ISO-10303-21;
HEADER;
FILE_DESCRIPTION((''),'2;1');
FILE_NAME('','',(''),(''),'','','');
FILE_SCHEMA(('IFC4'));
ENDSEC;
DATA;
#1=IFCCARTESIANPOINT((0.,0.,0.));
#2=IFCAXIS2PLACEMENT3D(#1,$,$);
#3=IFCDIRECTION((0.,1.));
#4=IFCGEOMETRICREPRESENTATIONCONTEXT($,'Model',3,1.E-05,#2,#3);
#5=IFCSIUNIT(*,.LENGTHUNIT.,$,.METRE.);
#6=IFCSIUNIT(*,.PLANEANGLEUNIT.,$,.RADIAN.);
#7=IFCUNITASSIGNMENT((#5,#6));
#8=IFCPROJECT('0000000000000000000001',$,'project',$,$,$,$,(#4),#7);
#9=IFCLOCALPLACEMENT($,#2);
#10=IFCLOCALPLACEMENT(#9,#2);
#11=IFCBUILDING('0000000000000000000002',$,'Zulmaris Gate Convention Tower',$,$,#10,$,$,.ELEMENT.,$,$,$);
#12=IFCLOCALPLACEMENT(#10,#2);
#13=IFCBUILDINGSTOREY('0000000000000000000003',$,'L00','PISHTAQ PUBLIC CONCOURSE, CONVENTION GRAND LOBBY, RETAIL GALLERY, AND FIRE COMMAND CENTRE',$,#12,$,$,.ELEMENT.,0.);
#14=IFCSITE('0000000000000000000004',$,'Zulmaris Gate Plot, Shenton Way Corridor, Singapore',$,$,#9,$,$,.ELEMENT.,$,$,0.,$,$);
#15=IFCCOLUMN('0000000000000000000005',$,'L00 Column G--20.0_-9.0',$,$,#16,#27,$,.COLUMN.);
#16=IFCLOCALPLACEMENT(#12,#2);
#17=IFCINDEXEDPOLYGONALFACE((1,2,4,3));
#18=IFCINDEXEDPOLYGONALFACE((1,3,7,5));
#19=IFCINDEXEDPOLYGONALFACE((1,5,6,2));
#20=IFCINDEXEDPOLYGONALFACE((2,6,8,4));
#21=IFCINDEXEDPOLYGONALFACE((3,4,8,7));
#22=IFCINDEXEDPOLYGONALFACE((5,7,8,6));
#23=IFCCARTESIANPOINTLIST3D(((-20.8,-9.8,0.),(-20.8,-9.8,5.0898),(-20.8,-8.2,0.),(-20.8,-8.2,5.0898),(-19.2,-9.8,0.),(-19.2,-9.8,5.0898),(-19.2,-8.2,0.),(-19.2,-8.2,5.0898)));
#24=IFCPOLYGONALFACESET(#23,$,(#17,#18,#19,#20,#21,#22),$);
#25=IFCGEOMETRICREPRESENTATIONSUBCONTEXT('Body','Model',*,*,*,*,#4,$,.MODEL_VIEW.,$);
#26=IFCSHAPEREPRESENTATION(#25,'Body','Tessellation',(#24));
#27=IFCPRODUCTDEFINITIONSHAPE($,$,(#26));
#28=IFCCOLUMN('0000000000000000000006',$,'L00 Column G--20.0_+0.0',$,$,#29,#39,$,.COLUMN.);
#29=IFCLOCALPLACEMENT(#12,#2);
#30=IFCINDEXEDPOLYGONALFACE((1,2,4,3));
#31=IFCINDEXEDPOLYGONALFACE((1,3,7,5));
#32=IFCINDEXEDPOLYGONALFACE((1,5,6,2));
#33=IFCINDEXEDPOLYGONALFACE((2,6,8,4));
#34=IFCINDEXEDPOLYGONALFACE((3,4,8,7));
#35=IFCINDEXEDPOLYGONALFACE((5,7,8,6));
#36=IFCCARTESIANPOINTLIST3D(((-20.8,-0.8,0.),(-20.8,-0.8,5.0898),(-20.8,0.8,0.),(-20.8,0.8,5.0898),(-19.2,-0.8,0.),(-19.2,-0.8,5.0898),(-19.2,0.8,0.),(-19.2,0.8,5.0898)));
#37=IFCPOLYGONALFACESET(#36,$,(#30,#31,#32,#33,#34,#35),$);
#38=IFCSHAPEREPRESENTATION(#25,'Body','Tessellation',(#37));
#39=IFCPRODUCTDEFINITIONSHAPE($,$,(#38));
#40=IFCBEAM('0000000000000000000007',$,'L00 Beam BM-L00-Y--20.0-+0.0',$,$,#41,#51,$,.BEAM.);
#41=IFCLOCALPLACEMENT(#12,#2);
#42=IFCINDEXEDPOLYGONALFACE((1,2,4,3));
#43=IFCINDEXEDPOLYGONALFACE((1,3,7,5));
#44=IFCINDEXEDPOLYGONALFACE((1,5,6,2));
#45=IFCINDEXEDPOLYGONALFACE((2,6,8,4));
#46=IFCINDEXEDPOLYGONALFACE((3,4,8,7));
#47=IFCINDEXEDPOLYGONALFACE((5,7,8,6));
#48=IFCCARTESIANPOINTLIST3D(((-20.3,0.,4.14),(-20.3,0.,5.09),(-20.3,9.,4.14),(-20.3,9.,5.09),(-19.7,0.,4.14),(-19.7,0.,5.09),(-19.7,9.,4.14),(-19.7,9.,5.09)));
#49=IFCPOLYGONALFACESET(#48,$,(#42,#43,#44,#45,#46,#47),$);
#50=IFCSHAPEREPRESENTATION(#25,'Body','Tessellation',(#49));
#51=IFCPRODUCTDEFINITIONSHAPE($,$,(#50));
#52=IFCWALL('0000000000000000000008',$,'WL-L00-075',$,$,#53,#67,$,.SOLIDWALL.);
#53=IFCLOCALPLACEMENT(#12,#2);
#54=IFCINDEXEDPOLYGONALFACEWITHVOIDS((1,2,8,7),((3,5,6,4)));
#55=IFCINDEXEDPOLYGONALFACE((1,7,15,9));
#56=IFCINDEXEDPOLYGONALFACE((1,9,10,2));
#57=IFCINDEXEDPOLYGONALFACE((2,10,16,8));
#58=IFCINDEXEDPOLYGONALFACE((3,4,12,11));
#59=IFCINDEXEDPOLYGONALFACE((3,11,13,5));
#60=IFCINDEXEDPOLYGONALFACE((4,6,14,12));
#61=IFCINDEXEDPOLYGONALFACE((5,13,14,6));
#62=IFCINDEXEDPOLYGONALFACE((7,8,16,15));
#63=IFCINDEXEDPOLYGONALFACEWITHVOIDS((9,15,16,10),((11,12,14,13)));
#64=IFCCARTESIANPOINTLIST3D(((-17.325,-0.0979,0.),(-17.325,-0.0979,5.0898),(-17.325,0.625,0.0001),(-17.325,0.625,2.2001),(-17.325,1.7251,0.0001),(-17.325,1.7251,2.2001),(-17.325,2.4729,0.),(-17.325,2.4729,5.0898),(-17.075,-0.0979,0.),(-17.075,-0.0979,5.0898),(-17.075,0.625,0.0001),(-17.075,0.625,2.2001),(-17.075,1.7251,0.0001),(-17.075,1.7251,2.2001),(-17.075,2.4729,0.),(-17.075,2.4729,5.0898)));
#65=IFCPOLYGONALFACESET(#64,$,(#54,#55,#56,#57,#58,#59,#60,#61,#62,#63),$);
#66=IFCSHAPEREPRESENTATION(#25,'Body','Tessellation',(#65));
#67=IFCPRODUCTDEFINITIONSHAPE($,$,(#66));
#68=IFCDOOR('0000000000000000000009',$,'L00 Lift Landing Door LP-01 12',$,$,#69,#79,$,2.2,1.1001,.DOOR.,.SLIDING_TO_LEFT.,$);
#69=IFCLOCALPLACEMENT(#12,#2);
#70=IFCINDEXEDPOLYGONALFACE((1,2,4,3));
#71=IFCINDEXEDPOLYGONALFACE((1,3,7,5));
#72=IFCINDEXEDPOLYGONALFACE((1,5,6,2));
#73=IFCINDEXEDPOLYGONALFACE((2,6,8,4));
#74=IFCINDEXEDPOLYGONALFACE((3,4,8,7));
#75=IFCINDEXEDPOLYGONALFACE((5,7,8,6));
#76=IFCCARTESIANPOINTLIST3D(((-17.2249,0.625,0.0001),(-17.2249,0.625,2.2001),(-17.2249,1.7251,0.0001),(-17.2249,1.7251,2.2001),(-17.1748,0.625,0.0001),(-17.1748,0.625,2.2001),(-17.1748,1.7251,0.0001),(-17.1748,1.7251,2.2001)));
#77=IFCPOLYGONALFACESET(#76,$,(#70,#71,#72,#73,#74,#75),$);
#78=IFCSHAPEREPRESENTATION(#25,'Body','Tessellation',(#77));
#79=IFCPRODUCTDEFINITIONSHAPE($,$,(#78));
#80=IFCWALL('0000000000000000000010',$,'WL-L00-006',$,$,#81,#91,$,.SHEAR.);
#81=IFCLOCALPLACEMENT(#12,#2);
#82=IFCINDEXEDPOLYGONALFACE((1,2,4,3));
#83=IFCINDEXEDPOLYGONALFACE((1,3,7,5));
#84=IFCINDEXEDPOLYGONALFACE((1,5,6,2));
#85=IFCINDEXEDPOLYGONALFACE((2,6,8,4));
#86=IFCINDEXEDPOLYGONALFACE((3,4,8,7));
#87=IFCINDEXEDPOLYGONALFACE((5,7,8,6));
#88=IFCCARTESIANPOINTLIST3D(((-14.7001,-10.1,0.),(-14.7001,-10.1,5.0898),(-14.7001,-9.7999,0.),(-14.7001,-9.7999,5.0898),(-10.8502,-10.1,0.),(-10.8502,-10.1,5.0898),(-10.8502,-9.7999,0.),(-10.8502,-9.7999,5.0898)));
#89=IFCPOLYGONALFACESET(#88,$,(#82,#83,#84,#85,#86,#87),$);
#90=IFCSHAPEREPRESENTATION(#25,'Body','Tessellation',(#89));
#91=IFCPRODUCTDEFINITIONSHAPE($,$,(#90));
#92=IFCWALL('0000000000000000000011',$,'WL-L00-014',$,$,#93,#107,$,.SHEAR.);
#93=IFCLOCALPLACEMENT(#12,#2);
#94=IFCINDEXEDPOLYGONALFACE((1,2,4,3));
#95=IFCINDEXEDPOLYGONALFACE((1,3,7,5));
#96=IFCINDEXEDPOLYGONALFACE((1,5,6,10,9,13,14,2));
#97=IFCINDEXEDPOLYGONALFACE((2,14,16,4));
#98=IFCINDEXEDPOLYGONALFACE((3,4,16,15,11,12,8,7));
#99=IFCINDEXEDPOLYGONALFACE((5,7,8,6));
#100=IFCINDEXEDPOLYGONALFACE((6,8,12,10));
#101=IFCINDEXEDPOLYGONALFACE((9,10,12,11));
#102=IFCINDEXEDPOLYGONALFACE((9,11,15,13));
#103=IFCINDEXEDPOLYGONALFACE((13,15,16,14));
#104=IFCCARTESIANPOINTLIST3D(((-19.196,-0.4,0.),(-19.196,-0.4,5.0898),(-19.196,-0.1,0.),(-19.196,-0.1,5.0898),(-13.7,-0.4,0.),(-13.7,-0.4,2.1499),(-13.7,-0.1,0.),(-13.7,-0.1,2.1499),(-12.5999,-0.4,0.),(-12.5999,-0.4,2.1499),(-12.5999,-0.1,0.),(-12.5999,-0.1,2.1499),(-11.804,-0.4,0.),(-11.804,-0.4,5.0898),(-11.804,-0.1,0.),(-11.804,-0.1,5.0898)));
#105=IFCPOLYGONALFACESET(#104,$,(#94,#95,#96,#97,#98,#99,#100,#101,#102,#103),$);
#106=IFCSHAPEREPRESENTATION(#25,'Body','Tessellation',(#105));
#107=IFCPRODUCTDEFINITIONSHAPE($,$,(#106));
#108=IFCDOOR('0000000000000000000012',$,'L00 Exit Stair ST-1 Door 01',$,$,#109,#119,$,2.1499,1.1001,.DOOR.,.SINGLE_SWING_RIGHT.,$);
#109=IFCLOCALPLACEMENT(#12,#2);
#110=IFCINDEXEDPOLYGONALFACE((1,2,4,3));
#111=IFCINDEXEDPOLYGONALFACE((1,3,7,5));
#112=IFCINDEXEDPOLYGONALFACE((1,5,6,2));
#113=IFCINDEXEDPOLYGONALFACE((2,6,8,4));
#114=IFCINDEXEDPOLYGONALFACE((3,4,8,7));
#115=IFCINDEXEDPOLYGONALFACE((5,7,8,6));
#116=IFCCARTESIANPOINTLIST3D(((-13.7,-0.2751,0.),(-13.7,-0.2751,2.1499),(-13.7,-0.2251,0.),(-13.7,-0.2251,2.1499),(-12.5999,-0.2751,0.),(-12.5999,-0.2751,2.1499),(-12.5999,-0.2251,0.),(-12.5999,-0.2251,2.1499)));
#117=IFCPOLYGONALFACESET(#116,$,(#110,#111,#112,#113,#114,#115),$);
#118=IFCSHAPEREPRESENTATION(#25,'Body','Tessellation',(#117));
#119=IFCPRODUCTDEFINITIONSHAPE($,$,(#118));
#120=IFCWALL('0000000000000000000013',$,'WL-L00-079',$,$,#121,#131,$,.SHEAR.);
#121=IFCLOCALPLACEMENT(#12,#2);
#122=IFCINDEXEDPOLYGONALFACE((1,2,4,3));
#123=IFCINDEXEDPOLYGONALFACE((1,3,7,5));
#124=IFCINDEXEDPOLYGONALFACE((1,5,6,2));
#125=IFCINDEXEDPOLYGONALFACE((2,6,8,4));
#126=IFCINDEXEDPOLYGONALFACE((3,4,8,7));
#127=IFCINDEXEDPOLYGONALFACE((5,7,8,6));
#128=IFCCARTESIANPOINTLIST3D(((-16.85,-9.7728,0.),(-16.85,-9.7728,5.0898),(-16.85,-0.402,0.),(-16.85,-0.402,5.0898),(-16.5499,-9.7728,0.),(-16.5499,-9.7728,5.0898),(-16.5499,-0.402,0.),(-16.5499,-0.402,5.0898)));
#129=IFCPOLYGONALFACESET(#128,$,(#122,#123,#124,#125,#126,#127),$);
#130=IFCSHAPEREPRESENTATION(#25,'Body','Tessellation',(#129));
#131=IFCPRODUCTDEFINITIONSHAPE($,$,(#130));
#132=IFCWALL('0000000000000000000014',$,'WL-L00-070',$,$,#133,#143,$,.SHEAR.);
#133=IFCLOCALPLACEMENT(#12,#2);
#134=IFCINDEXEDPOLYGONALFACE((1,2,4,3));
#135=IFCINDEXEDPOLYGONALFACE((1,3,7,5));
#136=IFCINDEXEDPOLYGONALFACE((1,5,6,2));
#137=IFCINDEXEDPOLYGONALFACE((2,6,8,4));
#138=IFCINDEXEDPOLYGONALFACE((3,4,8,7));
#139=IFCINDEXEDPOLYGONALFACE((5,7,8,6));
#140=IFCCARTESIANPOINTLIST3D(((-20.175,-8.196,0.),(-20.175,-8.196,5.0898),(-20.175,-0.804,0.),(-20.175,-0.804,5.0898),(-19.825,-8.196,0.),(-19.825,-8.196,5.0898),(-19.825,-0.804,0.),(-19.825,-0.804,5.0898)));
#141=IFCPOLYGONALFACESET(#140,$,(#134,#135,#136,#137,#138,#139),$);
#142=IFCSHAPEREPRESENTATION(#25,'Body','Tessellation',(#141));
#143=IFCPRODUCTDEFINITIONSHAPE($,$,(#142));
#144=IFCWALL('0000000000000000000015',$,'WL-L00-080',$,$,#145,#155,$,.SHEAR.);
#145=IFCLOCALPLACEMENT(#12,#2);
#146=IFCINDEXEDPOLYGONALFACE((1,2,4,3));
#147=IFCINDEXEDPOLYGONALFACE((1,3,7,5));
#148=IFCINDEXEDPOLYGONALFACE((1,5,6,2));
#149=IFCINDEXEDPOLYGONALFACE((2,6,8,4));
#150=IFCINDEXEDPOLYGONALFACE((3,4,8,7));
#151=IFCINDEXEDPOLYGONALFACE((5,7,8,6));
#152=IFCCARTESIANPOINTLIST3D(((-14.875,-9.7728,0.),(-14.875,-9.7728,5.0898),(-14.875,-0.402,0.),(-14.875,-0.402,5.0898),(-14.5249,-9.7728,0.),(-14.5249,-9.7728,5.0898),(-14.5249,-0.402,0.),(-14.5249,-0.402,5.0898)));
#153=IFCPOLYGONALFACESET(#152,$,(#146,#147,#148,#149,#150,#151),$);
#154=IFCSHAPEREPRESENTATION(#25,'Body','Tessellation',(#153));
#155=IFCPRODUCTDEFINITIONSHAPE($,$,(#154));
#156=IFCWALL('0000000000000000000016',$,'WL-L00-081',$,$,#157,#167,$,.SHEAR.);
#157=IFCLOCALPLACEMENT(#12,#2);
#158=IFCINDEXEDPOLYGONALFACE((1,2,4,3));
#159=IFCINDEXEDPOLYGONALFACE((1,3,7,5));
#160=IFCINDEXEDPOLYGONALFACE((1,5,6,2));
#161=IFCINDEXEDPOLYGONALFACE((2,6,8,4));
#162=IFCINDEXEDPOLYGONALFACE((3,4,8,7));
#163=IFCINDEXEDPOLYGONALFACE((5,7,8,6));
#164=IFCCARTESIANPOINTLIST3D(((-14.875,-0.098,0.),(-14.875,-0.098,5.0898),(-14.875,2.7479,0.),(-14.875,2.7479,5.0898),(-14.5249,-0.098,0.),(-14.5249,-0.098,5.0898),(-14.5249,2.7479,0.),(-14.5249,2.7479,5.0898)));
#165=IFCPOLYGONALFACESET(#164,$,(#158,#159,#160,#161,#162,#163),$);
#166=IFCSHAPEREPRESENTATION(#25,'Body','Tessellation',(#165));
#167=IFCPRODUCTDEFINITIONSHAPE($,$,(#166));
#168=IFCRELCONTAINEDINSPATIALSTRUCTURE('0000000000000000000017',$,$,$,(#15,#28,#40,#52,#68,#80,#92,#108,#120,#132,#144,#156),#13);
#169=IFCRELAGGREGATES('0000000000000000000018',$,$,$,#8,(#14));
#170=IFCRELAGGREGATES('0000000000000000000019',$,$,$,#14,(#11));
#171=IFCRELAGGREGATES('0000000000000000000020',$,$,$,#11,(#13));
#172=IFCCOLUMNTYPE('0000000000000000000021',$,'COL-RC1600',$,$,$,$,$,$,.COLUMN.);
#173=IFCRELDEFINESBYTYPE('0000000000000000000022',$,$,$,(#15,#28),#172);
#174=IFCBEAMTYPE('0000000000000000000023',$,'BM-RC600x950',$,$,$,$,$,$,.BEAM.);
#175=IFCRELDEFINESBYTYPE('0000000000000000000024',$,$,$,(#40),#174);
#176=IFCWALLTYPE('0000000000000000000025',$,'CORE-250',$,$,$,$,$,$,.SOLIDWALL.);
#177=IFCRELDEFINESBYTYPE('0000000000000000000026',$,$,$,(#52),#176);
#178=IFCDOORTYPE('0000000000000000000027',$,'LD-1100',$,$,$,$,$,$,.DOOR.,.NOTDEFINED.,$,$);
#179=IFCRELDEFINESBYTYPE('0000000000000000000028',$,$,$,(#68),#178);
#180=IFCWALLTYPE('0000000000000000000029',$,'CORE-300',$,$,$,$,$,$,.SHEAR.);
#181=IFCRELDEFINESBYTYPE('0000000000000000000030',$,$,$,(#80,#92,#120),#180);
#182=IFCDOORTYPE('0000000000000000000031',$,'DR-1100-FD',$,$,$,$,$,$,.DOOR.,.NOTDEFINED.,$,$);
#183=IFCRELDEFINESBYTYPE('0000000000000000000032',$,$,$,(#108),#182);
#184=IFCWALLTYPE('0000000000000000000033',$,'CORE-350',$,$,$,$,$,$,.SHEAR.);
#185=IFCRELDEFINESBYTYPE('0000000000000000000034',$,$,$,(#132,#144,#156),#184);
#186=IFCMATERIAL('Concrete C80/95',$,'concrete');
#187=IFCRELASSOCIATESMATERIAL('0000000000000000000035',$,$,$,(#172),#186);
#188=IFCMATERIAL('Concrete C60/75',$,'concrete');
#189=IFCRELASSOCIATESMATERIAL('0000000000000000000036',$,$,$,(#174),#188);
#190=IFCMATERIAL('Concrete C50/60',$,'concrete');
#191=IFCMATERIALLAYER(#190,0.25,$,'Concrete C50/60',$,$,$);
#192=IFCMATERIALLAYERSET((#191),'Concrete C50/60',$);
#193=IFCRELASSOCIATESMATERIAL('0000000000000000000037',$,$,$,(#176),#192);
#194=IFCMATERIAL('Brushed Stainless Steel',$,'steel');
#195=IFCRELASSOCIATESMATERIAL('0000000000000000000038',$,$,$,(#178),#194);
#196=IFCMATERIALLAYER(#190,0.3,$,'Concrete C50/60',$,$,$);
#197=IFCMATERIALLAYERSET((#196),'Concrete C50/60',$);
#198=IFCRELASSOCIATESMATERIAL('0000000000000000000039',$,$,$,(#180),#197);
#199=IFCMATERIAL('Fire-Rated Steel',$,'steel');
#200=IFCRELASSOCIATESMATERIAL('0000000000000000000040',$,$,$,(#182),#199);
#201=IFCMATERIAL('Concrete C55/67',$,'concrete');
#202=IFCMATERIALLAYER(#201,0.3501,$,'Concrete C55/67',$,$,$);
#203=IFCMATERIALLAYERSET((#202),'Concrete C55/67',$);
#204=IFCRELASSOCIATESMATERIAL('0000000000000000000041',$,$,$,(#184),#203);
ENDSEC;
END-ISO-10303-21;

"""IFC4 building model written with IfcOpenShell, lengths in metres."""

from ifc_helpers import new_model, si_unit, direction, frame, frame_2d, origin, origin_2d, place, context, subcontext, project, spatial, rectangle, extrude, material, layer, layer_set, material_profile, profile_set, type_object, element, fill, save


model = new_model("IFC4")

# Units and contexts
model_context = context("Model", 3, precision=1e-05, world=origin(), true_north=direction((0.0, 1.0)))
body_context = subcontext(model_context, "Body", "Model", "MODEL_VIEW")
ifc_project = project(units=[si_unit("LENGTHUNIT", "METRE"), si_unit("PLANEANGLEUNIT", "RADIAN")], contexts=[model_context])

# Site, building, storey
site_placement = place(None, origin())
site = spatial("IfcSite", under=ifc_project, at=site_placement, Name="Zulmaris Gate Plot, Shenton Way Corridor, Singapore", CompositionType="ELEMENT", RefElevation=0.0)
building_placement = place(site_placement, origin())
building = spatial("IfcBuilding", under=site, at=building_placement, Name="Zulmaris Gate Convention Tower", CompositionType="ELEMENT")
storey_placement = place(building_placement, origin())
storey = spatial("IfcBuildingStorey", under=building, at=storey_placement, Name="L00", Description="PISHTAQ PUBLIC CONCOURSE, CONVENTION GRAND LOBBY, RETAIL GALLERY, AND FIRE COMMAND CENTRE", CompositionType="ELEMENT", Elevation=0.0)

# Columns
ifc_material_1 = material(Name="Concrete C80/95", Category="concrete")
ifc_material_profile_1 = material_profile(ifc_material_1, rectangle(XDim=1.6001, YDim=1.6001, at=origin_2d()), Name="RC COL 1600x1600")
ifc_profile_set_1 = profile_set([ifc_material_profile_1], Name="Concrete C80/95")
column_type = type_object("IfcColumnType", Name="COL-RC1600", PredefinedType="COLUMN", material=ifc_profile_set_1)
for number, where, z_axis, x_axis, name in (
    (1, (-20.0, -9.0, 0.0), (0.0, 0.0, 1.0), (1.0, 0.0, 0.0), "L00 Column G--20.0_-9.0"),
    (2, (-20.0, 0.0, 0.0), (0.0, 0.0, 1.0), (1.0, 0.0, 0.0), "L00 Column G--20.0_+0.0"),
):
    element("IfcColumn", number, at=place(storey_placement, frame(where, z_axis=z_axis, x_axis=x_axis)), inside=storey, type_object=column_type, Name=name, PredefinedType="COLUMN", context=body_context, shape_type="SweptSolid", body=[
        extrude(rectangle(XDim=1.6001, YDim=1.6001, at=origin_2d()), origin(), (0.0, 0.0, 1.0), 5.0898),
    ])

# Beam
ifc_material_2 = material(Name="Concrete C60/75", Category="concrete")
ifc_material_profile_2 = material_profile(ifc_material_2, rectangle(XDim=0.6001, YDim=0.95, at=origin_2d()), Name="RC BEAM 600x950")
ifc_profile_set_2 = profile_set([ifc_material_profile_2], Name="Concrete C60/75")
beam_type = type_object("IfcBeamType", Name="BM-RC600x950", PredefinedType="BEAM", material=ifc_profile_set_2)
beam_placement = place(storey_placement, frame((-20.0, 0.0, 4.615), z_axis=(0.0, 1.0, 0.0), x_axis=(-1.0, 0.0, 0.0)))
element("IfcBeam", 3, at=beam_placement, inside=storey, type_object=beam_type, Name="L00 Beam BM-L00-Y--20.0-+0.0", PredefinedType="BEAM", context=body_context, shape_type="SweptSolid", body=[
    extrude(rectangle(XDim=0.6001, YDim=0.95, at=origin_2d()), origin(), (0.0, 0.0, 1.0), 9.0),
])

# Wall, opening, door
ifc_material_3 = material(Name="Concrete C50/60", Category="concrete")
ifc_layer_1 = layer(ifc_material_3, 0.25, Name="Concrete C50/60")
ifc_layer_set_1 = layer_set([ifc_layer_1], Name="Concrete C50/60")
wall_type_1 = type_object("IfcWallType", Name="CORE-250", PredefinedType="SOLIDWALL", material=ifc_layer_set_1)
wall_1_placement = place(storey_placement, frame((-17.2, -0.0979, 0.0), z_axis=(0.0, 0.0, 1.0), x_axis=(0.0, 1.0, 0.0)))
wall_1 = element("IfcWall", 4, at=wall_1_placement, inside=storey, type_object=wall_type_1, Name="WL-L00-075", PredefinedType="SOLIDWALL", context=body_context, shape_type="SweptSolid", body=[
    extrude(rectangle(XDim=2.5708, YDim=0.25, at=frame_2d((1.2854, 0.0))), origin(), (0.0, 0.0, 1.0), 5.0898),
])
opening_1_placement = place(wall_1_placement, frame((0.7229, 0.0, 0.0)))
opening_1 = element("IfcOpeningElement", 5, at=opening_1_placement, cuts=wall_1, PredefinedType="OPENING", context=body_context, shape_type="SweptSolid", body=[
    extrude(rectangle(XDim=1.1001, YDim=2.2, at=frame_2d((0.55, 1.1001))), frame((0.0, 0.135, 0.0), z_axis=(0.0, -1.0, 0.0), x_axis=(1.0, 0.0, 0.0)), (0.0, 0.0, 1.0), 0.27),
])
ifc_material_4 = material(Name="Brushed Stainless Steel", Category="steel")
door_type_1 = type_object("IfcDoorType", Name="LD-1100", OperationType="NOTDEFINED", PredefinedType="DOOR", material=ifc_material_4)
door_1_placement = place(opening_1_placement, origin())
door_1 = element("IfcDoor", 6, at=door_1_placement, inside=storey, type_object=door_type_1, Name="L00 Lift Landing Door LP-01 12", OperationType="SLIDING_TO_LEFT", OverallHeight=2.2, OverallWidth=1.1001, PredefinedType="DOOR", context=body_context, shape_type="SweptSolid", body=[
    extrude(rectangle(XDim=1.1001, YDim=2.2, at=frame_2d((0.55, 1.1001))), frame((0.0, 0.0249, 0.0), z_axis=(0.0, -1.0, 0.0), x_axis=(1.0, 0.0, 0.0)), (0.0, 0.0, 1.0), 0.05),
])
fill(opening_1, door_1)

# Wall
ifc_layer_2 = layer(ifc_material_3, 0.3, Name="Concrete C50/60")
ifc_layer_set_2 = layer_set([ifc_layer_2], Name="Concrete C50/60")
wall_type_2 = type_object("IfcWallType", Name="CORE-300", PredefinedType="SHEAR", material=ifc_layer_set_2)
wall_2_placement = place(storey_placement, frame((-14.7, -9.95, 0.0), z_axis=(0.0, 0.0, 1.0), x_axis=(1.0, 0.0, 0.0)))
element("IfcWall", 7, at=wall_2_placement, inside=storey, type_object=wall_type_2, Name="WL-L00-006", PredefinedType="SHEAR", context=body_context, shape_type="SweptSolid", body=[
    extrude(rectangle(XDim=3.8499, YDim=0.3, at=frame_2d((1.9248, 0.0))), origin(), (0.0, 0.0, 1.0), 5.0898),
])

# Wall, opening, door
wall_3_placement = place(storey_placement, frame((-19.196, -0.25, 0.0), z_axis=(0.0, 0.0, 1.0), x_axis=(1.0, 0.0, 0.0)))
wall_3 = element("IfcWall", 8, at=wall_3_placement, inside=storey, type_object=wall_type_2, Name="WL-L00-014", PredefinedType="SHEAR", context=body_context, shape_type="SweptSolid", body=[
    extrude(rectangle(XDim=7.3921, YDim=0.3, at=frame_2d((3.696, 0.0))), origin(), (0.0, 0.0, 1.0), 5.0898),
])
opening_2_placement = place(wall_3_placement, frame((5.4961, 0.0, 0.0)))
opening_2 = element("IfcOpeningElement", 9, at=opening_2_placement, cuts=wall_3, PredefinedType="OPENING", context=body_context, shape_type="SweptSolid", body=[
    extrude(rectangle(XDim=1.1001, YDim=2.1499, at=frame_2d((0.55, 1.075))), frame((0.0, 0.1602, 0.0), z_axis=(0.0, -1.0, 0.0), x_axis=(1.0, 0.0, 0.0)), (0.0, 0.0, 1.0), 0.3201),
])
ifc_material_5 = material(Name="Fire-Rated Steel", Category="steel")
door_type_2 = type_object("IfcDoorType", Name="DR-1100-FD", OperationType="NOTDEFINED", PredefinedType="DOOR", material=ifc_material_5)
door_2_placement = place(opening_2_placement, origin())
door_2 = element("IfcDoor", 10, at=door_2_placement, inside=storey, type_object=door_type_2, Name="L00 Exit Stair ST-1 Door 01", OperationType="SINGLE_SWING_RIGHT", OverallHeight=2.1499, OverallWidth=1.1001, PredefinedType="DOOR", context=body_context, shape_type="SweptSolid", body=[
    extrude(rectangle(XDim=1.1001, YDim=2.1499, at=frame_2d((0.55, 1.075))), frame((0.0, 0.0249, 0.0), z_axis=(0.0, -1.0, 0.0), x_axis=(1.0, 0.0, 0.0)), (0.0, 0.0, 1.0), 0.05),
])
fill(opening_2, door_2)

# Wall
wall_4_placement = place(storey_placement, frame((-16.7, -9.7729, 0.0), z_axis=(0.0, 0.0, 1.0), x_axis=(0.0, 1.0, 0.0)))
element("IfcWall", 11, at=wall_4_placement, inside=storey, type_object=wall_type_2, Name="WL-L00-079", PredefinedType="SHEAR", context=body_context, shape_type="SweptSolid", body=[
    extrude(rectangle(XDim=9.3708, YDim=0.3, at=frame_2d((4.6855, 0.0))), origin(), (0.0, 0.0, 1.0), 5.0898),
])

# Shared definitions
ifc_material_6 = material(Name="Concrete C55/67", Category="concrete")
ifc_layer_3 = layer(ifc_material_6, 0.3501, Name="Concrete C55/67")
ifc_layer_set_3 = layer_set([ifc_layer_3], Name="Concrete C55/67")
wall_type_3 = type_object("IfcWallType", Name="CORE-350", PredefinedType="SHEAR", material=ifc_layer_set_3)

# Walls
wall_5_placement = place(storey_placement, frame((-20.0, -8.196, 0.0), z_axis=(0.0, 0.0, 1.0), x_axis=(0.0, 1.0, 0.0)))
element("IfcWall", 12, at=wall_5_placement, inside=storey, type_object=wall_type_3, Name="WL-L00-070", PredefinedType="SHEAR", context=body_context, shape_type="SweptSolid", body=[
    extrude(rectangle(XDim=7.3921, YDim=0.3501, at=frame_2d((3.696, 0.0))), origin(), (0.0, 0.0, 1.0), 5.0898),
])
wall_6_placement = place(storey_placement, frame((-14.7, -9.7729, 0.0), z_axis=(0.0, 0.0, 1.0), x_axis=(0.0, 1.0, 0.0)))
element("IfcWall", 13, at=wall_6_placement, inside=storey, type_object=wall_type_3, Name="WL-L00-080", PredefinedType="SHEAR", context=body_context, shape_type="SweptSolid", body=[
    extrude(rectangle(XDim=9.3708, YDim=0.3501, at=frame_2d((4.6855, 0.0))), origin(), (0.0, 0.0, 1.0), 5.0898),
])
wall_7_placement = place(storey_placement, frame((-14.7, -0.0979, 0.0), z_axis=(0.0, 0.0, 1.0), x_axis=(0.0, 1.0, 0.0)))
element("IfcWall", 14, at=wall_7_placement, inside=storey, type_object=wall_type_3, Name="WL-L00-081", PredefinedType="SHEAR", context=body_context, shape_type="SweptSolid", body=[
    extrude(rectangle(XDim=2.8459, YDim=0.3501, at=frame_2d((1.4229, 0.0))), origin(), (0.0, 0.0, 1.0), 5.0898),
])

save(model, "model.ifc")
